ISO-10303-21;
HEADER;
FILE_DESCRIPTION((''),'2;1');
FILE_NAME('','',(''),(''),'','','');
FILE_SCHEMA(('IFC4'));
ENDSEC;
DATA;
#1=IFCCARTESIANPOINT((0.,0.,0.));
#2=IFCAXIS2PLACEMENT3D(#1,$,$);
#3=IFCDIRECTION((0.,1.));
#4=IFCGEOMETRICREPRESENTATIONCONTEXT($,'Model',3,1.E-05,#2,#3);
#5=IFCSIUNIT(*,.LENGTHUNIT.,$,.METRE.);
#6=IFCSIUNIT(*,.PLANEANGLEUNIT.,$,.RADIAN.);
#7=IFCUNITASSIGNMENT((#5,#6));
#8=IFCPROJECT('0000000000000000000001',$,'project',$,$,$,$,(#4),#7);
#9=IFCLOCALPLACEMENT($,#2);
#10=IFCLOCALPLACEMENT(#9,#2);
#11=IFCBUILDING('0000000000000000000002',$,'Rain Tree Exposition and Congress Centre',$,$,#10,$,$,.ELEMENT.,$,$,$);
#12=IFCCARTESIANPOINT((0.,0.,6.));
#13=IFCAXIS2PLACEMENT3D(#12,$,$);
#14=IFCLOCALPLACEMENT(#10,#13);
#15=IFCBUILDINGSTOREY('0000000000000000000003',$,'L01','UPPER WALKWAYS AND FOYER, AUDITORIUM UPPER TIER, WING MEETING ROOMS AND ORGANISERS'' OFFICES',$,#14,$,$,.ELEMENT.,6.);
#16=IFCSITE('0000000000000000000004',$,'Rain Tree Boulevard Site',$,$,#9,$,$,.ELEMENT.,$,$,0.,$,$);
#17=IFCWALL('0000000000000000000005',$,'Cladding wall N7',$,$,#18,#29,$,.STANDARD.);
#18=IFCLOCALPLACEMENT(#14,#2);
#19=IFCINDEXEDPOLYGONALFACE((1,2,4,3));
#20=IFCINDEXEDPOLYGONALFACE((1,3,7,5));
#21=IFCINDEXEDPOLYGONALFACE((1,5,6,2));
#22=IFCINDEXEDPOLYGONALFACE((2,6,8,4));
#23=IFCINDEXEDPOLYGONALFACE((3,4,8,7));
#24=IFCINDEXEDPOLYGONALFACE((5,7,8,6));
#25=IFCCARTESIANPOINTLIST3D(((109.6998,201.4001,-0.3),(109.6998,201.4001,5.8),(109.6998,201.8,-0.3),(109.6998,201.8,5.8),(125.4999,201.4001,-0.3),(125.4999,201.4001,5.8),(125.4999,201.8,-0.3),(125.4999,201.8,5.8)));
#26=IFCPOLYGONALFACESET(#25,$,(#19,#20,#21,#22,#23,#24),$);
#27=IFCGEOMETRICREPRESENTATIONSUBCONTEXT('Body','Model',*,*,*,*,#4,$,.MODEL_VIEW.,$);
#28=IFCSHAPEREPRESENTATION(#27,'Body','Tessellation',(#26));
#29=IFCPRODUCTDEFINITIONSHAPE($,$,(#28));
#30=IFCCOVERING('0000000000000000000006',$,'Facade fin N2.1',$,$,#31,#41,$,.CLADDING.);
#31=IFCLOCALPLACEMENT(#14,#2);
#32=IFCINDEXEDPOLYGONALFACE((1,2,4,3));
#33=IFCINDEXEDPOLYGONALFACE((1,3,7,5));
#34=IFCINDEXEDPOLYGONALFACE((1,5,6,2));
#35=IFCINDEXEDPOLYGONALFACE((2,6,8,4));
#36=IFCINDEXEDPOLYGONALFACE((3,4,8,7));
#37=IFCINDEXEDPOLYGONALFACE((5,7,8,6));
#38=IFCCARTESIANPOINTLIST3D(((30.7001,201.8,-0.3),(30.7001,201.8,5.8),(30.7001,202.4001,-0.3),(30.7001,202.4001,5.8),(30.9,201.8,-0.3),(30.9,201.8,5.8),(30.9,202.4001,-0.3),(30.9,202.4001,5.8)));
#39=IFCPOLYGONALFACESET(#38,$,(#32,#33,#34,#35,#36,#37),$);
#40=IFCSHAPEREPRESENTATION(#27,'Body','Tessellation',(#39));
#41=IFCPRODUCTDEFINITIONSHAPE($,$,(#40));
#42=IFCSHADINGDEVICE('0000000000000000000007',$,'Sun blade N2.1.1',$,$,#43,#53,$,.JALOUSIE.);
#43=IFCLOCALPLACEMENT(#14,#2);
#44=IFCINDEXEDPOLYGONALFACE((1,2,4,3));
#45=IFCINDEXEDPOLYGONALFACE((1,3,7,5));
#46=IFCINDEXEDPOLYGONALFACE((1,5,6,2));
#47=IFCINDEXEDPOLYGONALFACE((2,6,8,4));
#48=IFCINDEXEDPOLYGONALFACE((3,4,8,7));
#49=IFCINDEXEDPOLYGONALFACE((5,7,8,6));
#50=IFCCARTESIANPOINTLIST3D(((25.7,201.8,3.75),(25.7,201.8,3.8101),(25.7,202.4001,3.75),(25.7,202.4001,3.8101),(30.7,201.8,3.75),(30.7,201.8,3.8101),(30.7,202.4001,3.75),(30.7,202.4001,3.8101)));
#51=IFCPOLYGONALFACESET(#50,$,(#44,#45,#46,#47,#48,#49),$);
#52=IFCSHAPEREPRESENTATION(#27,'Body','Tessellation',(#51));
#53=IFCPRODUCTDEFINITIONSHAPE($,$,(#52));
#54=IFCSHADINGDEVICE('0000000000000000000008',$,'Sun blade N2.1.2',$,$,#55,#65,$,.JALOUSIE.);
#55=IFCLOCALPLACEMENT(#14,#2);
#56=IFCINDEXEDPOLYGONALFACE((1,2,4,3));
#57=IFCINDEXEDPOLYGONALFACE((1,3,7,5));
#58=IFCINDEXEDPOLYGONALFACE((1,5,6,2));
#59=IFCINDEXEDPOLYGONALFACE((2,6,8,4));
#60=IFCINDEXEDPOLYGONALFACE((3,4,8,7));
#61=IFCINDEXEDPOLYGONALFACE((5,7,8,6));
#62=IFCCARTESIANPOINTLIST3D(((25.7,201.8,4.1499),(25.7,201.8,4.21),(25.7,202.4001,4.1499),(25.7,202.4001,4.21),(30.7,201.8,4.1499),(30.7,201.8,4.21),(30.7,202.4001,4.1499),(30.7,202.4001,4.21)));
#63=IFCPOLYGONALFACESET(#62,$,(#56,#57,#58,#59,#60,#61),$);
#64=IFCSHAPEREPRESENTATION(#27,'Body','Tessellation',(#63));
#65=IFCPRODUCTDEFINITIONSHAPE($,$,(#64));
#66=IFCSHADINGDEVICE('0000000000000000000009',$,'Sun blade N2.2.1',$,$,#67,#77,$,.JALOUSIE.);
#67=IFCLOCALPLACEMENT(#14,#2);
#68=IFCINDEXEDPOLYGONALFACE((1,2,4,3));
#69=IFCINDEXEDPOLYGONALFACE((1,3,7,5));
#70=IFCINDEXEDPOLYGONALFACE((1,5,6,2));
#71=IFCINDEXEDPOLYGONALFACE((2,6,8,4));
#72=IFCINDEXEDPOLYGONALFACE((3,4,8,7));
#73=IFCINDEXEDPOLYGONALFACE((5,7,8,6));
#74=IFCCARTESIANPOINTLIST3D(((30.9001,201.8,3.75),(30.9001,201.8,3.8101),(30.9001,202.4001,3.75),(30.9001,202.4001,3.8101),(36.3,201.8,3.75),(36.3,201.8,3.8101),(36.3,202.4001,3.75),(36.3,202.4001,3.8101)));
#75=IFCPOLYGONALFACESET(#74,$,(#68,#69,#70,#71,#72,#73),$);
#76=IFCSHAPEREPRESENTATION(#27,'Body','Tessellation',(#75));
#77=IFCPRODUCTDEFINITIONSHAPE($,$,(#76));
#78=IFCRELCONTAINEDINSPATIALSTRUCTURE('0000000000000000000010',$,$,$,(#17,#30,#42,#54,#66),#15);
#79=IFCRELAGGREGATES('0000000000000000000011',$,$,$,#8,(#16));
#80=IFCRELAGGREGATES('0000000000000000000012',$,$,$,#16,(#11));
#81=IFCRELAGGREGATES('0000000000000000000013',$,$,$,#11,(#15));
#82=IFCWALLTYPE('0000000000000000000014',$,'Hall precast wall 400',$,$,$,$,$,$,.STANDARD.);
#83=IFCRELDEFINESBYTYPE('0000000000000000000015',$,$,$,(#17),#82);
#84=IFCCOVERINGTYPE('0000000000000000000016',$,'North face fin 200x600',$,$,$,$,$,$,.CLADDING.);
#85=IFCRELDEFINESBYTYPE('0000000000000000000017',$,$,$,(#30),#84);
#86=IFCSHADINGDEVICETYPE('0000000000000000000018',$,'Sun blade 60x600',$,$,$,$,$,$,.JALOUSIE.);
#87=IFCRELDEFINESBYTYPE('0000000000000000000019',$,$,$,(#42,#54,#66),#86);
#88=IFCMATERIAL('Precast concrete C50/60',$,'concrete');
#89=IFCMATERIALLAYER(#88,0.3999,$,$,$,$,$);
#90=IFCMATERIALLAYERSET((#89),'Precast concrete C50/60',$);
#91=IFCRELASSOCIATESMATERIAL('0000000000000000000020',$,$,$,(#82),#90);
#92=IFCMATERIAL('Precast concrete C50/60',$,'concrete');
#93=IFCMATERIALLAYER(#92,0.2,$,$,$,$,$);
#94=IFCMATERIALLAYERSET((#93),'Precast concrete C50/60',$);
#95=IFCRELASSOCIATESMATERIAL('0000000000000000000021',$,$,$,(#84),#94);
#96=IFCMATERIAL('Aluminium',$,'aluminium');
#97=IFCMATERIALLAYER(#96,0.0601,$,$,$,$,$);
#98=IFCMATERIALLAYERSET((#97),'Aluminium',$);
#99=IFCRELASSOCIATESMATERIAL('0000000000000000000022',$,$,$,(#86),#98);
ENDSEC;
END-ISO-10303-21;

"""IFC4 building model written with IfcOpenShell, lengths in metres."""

from ifc_helpers import new_model, si_unit, direction, frame, frame_2d, origin, origin_2d, place, context, subcontext, project, spatial, rectangle, extrude, material, layer, layer_set, type_object, element, save


model = new_model("IFC4")

# Units and contexts
model_context = context("Model", 3, precision=1e-05, world=origin(), true_north=direction((0.0, 1.0)))
body_context = subcontext(model_context, "Body", "Model", "MODEL_VIEW")
ifc_project = project(units=[si_unit("LENGTHUNIT", "METRE"), si_unit("PLANEANGLEUNIT", "RADIAN")], contexts=[model_context])

# Site, building, storey
site_placement = place(None, origin())
site = spatial("IfcSite", under=ifc_project, at=site_placement, Name="Rain Tree Boulevard Site", CompositionType="ELEMENT", RefElevation=0.0)
building_placement = place(site_placement, origin())
building = spatial("IfcBuilding", under=site, at=building_placement, Name="Rain Tree Exposition and Congress Centre", CompositionType="ELEMENT")
storey_placement = place(building_placement, frame((0.0, 0.0, 6.0)))
storey = spatial("IfcBuildingStorey", under=building, at=storey_placement, Name="L01", Description="UPPER WALKWAYS AND FOYER, AUDITORIUM UPPER TIER, WING MEETING ROOMS AND ORGANISERS' OFFICES", CompositionType="ELEMENT", Elevation=6.0)

# Shared definitions
ifc_material_1 = material(Name="Precast concrete C50/60", Category="concrete")
ifc_layer_1 = layer(ifc_material_1, 0.3999)
ifc_layer_set_1 = layer_set([ifc_layer_1], Name="Precast concrete C50/60")
wall_type = type_object("IfcWallType", Name="Hall precast wall 400", PredefinedType="STANDARD", material=ifc_layer_set_1)

# Wall
wall_1_placement = place(storey_placement, frame((109.7, 201.6001, -0.3), z_axis=(0.0, 0.0, 1.0), x_axis=(1.0, 0.0, 0.0)))
element("IfcWall", 1, at=wall_1_placement, inside=storey, type_object=wall_type, Name="Cladding wall N7", PredefinedType="STANDARD", context=body_context, shape_type="SweptSolid", body=[
    extrude(rectangle(XDim=15.8, YDim=0.3999, at=frame_2d((7.8999, 0.0))), origin(), (0.0, 0.0, 1.0), 6.1001),
])

# Covering
ifc_material_2 = material(Name="Precast concrete C50/60", Category="concrete")
ifc_layer_2 = layer(ifc_material_2, 0.2)
ifc_layer_set_2 = layer_set([ifc_layer_2], Name="Precast concrete C50/60")
covering_type = type_object("IfcCoveringType", Name="North face fin 200x600", PredefinedType="CLADDING", material=ifc_layer_set_2)
covering_placement = place(storey_placement, frame((30.8, 202.1001, -0.3), z_axis=(0.0, 0.0, 1.0), x_axis=(1.0, 0.0, 0.0)))
element("IfcCovering", 2, at=covering_placement, inside=storey, type_object=covering_type, Name="Facade fin N2.1", PredefinedType="CLADDING", context=body_context, shape_type="SweptSolid", body=[
    extrude(rectangle(XDim=0.2, YDim=0.6001, at=origin_2d()), origin(), (0.0, 0.0, 1.0), 6.1001),
])

# Shading devices
ifc_material_3 = material(Name="Aluminium", Category="aluminium")
ifc_layer_3 = layer(ifc_material_3, 0.0601)
ifc_layer_set_3 = layer_set([ifc_layer_3], Name="Aluminium")
shading_device_type = type_object("IfcShadingDeviceType", Name="Sun blade 60x600", PredefinedType="JALOUSIE", material=ifc_layer_set_3)
for number, where, z_axis, x_axis, name in (
    (3, (28.2, 202.1001, 3.75), (0.0, 0.0, 1.0), (1.0, 0.0, 0.0), "Sun blade N2.1.1"),
    (4, (28.2, 202.1001, 4.1499), (0.0, 0.0, 1.0), (1.0, 0.0, 0.0), "Sun blade N2.1.2"),
):
    element("IfcShadingDevice", number, at=place(storey_placement, frame(where, z_axis=z_axis, x_axis=x_axis)), inside=storey, type_object=shading_device_type, Name=name, PredefinedType="JALOUSIE", context=body_context, shape_type="SweptSolid", body=[
        extrude(rectangle(XDim=5.0, YDim=0.6001, at=origin_2d()), origin(), (0.0, 0.0, 1.0), 0.0601),
    ])
shading_device_placement = place(storey_placement, frame((33.6001, 202.1001, 3.75), z_axis=(0.0, 0.0, 1.0), x_axis=(1.0, 0.0, 0.0)))
element("IfcShadingDevice", 5, at=shading_device_placement, inside=storey, type_object=shading_device_type, Name="Sun blade N2.2.1", PredefinedType="JALOUSIE", context=body_context, shape_type="SweptSolid", body=[
    extrude(rectangle(XDim=5.3999, YDim=0.6001, at=origin_2d()), origin(), (0.0, 0.0, 1.0), 0.0601),
])

save(model, "model.ifc")
